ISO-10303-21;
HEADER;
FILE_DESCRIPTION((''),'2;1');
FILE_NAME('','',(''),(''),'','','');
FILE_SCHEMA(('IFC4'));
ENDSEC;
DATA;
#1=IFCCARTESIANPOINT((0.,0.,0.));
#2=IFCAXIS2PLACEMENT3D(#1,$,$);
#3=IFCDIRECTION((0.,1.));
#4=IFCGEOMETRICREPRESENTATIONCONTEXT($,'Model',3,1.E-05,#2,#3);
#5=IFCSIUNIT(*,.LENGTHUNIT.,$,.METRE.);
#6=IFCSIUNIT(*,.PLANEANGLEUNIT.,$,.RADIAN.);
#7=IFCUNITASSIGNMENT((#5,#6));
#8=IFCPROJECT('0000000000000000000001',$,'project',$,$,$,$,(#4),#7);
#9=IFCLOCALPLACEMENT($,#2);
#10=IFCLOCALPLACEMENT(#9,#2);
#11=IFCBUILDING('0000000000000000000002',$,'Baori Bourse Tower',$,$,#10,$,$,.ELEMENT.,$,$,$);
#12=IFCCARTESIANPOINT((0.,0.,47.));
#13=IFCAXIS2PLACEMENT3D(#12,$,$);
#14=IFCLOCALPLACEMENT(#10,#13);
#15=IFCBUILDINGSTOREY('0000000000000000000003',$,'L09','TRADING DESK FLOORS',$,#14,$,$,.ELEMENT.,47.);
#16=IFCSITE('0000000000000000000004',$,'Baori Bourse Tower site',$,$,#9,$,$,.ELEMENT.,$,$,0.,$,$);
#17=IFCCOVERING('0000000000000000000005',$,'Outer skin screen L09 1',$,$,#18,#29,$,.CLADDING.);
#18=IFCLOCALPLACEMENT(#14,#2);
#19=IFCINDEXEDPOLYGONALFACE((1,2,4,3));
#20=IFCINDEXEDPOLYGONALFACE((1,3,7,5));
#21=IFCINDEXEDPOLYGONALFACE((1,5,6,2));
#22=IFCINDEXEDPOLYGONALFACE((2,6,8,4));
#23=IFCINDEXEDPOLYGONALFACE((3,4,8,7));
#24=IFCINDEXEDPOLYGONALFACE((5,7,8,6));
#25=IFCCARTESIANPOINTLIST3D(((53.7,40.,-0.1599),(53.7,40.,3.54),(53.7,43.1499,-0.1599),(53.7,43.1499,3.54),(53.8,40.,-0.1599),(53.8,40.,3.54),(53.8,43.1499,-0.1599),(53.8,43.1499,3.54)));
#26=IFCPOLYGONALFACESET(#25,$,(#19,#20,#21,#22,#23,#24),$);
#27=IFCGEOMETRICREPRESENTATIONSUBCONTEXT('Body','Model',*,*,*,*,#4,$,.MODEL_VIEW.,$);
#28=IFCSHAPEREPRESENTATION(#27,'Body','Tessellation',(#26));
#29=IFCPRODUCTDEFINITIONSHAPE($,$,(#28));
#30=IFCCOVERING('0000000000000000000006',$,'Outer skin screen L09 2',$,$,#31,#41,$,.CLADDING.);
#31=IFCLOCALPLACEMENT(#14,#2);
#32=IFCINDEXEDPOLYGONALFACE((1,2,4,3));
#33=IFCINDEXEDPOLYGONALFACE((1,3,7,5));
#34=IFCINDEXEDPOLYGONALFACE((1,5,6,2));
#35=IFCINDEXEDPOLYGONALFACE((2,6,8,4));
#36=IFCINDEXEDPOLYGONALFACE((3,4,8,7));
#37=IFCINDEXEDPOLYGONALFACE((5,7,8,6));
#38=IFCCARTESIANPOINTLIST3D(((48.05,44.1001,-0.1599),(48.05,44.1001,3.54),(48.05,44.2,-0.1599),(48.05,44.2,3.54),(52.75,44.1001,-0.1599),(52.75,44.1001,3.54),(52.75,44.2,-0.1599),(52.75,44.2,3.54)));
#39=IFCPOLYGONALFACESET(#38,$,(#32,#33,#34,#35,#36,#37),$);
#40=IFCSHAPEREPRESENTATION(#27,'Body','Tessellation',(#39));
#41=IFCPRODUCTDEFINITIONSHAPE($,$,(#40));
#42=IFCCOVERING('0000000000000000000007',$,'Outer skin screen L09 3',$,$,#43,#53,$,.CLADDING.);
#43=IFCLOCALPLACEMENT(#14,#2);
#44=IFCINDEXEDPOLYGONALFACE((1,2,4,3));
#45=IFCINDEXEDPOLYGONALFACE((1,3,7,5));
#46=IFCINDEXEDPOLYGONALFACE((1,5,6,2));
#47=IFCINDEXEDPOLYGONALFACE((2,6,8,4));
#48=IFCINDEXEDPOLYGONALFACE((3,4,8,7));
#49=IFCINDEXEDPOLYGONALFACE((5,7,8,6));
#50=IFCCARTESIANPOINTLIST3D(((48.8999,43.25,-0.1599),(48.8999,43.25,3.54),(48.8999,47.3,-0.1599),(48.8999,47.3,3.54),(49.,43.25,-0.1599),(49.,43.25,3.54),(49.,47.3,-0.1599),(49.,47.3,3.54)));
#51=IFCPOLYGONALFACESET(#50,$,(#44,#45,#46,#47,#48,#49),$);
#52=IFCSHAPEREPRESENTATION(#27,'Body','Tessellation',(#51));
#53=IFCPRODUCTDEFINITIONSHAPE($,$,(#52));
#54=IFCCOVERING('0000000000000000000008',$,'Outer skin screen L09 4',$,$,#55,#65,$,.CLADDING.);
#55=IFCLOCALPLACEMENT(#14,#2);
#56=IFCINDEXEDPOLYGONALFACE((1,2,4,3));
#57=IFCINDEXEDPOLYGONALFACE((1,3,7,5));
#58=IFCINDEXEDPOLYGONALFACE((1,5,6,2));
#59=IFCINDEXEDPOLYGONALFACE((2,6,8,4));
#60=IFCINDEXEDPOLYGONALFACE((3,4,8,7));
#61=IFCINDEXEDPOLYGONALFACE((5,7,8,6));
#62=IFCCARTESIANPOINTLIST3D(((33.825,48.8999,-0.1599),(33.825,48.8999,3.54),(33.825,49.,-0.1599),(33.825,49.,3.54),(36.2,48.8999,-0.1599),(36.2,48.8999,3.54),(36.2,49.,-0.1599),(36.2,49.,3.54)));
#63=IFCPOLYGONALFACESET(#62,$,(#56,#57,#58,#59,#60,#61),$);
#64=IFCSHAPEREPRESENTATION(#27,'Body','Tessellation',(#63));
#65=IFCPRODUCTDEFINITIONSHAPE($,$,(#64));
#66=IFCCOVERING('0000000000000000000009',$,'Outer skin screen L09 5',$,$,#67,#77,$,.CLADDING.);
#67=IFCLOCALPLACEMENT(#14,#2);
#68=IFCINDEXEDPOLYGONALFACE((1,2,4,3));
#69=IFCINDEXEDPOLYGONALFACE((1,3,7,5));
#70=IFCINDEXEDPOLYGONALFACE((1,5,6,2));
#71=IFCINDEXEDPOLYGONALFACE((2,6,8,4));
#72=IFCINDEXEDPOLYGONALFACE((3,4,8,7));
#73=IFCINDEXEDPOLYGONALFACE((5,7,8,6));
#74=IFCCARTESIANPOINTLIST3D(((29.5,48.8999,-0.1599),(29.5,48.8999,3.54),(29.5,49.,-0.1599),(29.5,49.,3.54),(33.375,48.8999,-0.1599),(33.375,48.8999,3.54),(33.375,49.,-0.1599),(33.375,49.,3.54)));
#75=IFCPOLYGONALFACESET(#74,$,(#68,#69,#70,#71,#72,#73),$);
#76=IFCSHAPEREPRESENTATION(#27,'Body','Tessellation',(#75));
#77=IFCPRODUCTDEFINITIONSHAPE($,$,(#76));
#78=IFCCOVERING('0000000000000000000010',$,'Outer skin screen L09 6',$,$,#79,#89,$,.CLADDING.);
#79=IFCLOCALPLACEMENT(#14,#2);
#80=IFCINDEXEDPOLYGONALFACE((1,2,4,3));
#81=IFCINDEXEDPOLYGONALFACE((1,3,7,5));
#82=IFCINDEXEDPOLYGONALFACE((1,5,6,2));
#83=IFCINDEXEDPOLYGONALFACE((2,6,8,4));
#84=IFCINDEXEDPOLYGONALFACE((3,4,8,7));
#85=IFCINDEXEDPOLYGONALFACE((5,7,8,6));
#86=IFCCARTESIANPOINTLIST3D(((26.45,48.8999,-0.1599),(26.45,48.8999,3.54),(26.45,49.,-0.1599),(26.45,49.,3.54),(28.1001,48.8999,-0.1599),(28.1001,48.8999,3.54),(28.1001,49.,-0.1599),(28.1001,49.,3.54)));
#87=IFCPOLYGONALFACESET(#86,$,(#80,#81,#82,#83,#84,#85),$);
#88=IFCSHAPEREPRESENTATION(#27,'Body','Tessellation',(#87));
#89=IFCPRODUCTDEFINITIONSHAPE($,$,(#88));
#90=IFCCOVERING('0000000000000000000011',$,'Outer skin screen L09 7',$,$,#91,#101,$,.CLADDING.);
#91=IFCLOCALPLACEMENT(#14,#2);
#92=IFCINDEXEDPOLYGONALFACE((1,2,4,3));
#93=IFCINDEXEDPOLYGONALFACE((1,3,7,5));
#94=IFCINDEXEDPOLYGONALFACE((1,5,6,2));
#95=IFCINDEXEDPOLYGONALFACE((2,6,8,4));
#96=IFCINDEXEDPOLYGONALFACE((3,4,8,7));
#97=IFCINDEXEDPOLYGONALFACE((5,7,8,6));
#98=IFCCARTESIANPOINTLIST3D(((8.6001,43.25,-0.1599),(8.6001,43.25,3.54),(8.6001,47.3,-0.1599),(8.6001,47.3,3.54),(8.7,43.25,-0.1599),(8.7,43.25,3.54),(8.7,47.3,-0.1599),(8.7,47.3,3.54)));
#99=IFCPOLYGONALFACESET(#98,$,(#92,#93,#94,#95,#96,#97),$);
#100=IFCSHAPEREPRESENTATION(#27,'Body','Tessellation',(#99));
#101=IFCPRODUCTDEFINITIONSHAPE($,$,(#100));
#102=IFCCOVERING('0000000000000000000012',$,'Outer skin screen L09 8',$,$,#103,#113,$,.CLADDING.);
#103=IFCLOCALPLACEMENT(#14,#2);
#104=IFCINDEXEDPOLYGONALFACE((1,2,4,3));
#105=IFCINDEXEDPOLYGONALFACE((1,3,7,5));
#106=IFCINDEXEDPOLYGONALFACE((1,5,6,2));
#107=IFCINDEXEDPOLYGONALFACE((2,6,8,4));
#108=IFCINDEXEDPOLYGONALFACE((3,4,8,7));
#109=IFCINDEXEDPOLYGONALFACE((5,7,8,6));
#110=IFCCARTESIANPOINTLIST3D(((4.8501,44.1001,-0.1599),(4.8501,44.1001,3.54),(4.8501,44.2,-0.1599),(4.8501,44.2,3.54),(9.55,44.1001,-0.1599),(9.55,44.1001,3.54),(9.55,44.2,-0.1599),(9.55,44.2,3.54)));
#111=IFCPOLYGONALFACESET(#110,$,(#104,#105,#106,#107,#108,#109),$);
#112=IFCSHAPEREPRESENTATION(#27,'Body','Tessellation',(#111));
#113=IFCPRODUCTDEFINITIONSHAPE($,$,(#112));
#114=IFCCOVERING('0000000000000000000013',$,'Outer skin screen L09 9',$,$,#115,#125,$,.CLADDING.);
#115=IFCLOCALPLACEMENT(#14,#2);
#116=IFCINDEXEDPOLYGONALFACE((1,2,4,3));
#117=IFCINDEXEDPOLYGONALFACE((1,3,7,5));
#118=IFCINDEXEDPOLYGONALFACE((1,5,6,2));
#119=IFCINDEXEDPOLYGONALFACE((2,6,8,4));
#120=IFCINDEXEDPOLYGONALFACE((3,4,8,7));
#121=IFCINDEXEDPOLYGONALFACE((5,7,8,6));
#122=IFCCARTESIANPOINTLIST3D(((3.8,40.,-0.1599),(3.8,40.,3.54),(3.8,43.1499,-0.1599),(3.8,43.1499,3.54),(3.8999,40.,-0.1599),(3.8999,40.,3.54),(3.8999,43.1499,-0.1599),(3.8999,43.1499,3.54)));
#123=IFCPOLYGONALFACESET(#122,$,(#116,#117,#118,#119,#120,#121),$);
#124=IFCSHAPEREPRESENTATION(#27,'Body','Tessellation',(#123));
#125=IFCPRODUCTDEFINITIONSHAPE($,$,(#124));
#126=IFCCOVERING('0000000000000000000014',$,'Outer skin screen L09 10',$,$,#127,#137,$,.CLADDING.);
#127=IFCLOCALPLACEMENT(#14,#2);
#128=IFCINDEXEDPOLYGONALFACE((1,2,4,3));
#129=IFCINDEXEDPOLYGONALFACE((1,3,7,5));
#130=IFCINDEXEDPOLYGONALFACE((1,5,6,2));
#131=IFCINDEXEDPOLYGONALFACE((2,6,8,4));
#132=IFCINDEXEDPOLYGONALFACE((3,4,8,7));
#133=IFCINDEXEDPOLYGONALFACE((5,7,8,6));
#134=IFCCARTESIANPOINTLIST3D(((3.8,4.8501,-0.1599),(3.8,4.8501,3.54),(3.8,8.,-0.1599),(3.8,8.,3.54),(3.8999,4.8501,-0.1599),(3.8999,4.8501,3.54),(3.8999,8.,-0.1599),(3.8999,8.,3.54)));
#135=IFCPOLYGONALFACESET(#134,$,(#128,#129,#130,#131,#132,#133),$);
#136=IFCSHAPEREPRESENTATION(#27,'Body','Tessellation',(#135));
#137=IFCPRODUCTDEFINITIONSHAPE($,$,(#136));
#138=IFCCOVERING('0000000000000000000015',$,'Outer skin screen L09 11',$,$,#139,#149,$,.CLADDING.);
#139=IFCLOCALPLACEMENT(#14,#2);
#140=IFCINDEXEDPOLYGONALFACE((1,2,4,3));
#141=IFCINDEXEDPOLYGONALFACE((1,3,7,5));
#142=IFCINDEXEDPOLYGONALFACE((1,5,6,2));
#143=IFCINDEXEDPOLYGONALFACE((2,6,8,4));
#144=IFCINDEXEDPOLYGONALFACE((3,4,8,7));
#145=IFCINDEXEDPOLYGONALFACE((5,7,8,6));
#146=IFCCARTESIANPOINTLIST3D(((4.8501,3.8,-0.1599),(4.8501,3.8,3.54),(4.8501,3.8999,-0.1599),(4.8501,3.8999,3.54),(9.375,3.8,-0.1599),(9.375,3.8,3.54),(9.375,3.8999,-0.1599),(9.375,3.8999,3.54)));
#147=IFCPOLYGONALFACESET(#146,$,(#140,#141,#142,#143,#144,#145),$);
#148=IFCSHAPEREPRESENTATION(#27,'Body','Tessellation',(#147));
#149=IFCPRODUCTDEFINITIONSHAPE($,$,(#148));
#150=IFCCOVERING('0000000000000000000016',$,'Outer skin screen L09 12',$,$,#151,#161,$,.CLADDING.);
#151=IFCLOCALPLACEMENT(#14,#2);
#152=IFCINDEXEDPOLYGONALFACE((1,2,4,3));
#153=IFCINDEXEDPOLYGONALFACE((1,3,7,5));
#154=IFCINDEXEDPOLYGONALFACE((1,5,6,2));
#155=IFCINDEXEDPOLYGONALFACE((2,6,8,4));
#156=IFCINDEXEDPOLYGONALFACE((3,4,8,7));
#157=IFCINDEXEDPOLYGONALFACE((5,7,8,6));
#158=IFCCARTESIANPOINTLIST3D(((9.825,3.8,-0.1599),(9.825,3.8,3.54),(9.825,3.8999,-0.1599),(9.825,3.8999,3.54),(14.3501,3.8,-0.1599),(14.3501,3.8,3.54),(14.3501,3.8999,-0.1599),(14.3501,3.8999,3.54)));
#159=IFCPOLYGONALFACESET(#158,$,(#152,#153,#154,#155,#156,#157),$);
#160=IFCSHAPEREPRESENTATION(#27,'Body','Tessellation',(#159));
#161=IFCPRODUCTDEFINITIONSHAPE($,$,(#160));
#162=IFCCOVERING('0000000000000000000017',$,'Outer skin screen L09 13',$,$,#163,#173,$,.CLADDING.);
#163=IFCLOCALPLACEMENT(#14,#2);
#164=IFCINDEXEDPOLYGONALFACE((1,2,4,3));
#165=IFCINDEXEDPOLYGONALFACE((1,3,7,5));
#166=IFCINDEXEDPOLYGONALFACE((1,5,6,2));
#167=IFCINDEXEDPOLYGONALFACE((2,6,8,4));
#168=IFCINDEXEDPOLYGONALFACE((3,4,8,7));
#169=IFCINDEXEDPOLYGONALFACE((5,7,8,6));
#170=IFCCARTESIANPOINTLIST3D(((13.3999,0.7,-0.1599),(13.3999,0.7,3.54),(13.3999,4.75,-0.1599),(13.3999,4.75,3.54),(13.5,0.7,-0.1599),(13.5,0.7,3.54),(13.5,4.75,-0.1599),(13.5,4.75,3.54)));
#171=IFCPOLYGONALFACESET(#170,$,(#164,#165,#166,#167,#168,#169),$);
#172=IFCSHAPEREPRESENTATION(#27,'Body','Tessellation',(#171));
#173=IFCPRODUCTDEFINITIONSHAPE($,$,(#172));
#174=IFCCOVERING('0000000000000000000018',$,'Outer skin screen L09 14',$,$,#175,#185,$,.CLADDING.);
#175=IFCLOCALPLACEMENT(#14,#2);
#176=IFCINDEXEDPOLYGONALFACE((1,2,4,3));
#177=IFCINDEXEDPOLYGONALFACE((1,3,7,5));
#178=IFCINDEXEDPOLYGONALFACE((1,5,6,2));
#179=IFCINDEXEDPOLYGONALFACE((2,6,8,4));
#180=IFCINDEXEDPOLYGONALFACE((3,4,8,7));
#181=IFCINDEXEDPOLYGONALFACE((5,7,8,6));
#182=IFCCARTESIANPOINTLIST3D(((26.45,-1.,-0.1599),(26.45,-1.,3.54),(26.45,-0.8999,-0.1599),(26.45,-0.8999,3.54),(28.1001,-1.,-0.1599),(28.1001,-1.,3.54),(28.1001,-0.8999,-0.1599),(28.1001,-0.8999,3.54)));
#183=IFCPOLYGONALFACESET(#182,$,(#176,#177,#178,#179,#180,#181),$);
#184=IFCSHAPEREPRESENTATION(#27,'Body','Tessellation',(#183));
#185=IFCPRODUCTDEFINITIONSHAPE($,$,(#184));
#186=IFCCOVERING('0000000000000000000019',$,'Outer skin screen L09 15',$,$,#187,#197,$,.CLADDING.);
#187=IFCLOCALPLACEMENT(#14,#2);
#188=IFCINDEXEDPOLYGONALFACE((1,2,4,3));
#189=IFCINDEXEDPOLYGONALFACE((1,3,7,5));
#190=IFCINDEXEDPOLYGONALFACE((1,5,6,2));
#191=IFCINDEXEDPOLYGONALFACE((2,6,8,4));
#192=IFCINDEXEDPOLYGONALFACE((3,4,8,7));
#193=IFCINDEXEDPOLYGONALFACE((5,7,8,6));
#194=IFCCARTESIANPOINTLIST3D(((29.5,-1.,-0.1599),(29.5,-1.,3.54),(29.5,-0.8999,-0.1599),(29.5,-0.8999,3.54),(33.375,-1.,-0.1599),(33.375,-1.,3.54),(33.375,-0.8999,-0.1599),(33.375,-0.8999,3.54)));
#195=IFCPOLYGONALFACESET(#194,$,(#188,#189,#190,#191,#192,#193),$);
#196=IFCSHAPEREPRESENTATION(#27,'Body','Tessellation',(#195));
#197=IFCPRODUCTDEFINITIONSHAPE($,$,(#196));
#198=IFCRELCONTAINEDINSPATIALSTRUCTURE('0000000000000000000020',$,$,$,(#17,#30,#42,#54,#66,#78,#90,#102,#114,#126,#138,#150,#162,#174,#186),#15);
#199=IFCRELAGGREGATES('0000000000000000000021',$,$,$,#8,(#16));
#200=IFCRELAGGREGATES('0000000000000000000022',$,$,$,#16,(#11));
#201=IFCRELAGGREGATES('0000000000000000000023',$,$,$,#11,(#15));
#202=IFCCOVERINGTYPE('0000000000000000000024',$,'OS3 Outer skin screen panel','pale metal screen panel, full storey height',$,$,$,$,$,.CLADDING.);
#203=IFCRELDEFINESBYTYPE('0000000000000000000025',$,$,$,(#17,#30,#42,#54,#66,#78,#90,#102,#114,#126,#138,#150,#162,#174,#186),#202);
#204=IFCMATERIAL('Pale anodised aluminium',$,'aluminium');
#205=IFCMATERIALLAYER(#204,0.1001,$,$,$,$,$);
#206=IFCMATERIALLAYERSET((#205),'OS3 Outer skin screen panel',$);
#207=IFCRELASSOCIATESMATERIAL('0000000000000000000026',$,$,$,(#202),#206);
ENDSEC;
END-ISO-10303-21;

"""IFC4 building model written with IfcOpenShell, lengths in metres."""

from ifc_helpers import new_model, si_unit, direction, frame, origin, place, context, subcontext, project, spatial, polyline, outline, extrude, material, layer, layer_set, type_object, element, save


model = new_model("IFC4")

# Units and contexts
model_context = context("Model", 3, precision=1e-05, world=origin(), true_north=direction((0.0, 1.0)))
body_context = subcontext(model_context, "Body", "Model", "MODEL_VIEW")
ifc_project = project(units=[si_unit("LENGTHUNIT", "METRE"), si_unit("PLANEANGLEUNIT", "RADIAN")], contexts=[model_context])

# Site, building, storey
site_placement = place(None, origin())
site = spatial("IfcSite", under=ifc_project, at=site_placement, Name="Baori Bourse Tower site", CompositionType="ELEMENT", RefElevation=0.0)
building_placement = place(site_placement, origin())
building = spatial("IfcBuilding", under=site, at=building_placement, Name="Baori Bourse Tower", CompositionType="ELEMENT")
storey_placement = place(building_placement, frame((0.0, 0.0, 47.0)))
storey = spatial("IfcBuildingStorey", under=building, at=storey_placement, Name="L09", Description="TRADING DESK FLOORS", CompositionType="ELEMENT", Elevation=47.0)

# Coverings
ifc_material_1 = material(Name="Pale anodised aluminium", Category="aluminium")
ifc_layer_1 = layer(ifc_material_1, 0.1001)
ifc_layer_set_1 = layer_set([ifc_layer_1], Name="OS3 Outer skin screen panel")
covering_type = type_object("IfcCoveringType", Name="OS3 Outer skin screen panel", Description="pale metal screen panel, full storey height", PredefinedType="CLADDING", material=ifc_layer_set_1)
covering_1_placement = place(storey_placement, frame((0.0, 0.0, -0.1599)))
element("IfcCovering", 1, at=covering_1_placement, inside=storey, type_object=covering_type, Name="Outer skin screen L09 1", PredefinedType="CLADDING", context=body_context, shape_type="SweptSolid", body=[
    extrude(outline(polyline([(53.7, 43.1499), (53.7, 40.0), (53.8, 40.0), (53.8, 43.1499), (53.7, 43.1499)])), origin(), (0.0, 0.0, 1.0), 3.7),
])
covering_2_placement = place(storey_placement, frame((0.0, 0.0, -0.1599)))
element("IfcCovering", 2, at=covering_2_placement, inside=storey, type_object=covering_type, Name="Outer skin screen L09 2", PredefinedType="CLADDING", context=body_context, shape_type="SweptSolid", body=[
    extrude(outline(polyline([(48.05, 44.1001), (52.75, 44.1001), (52.75, 44.2), (48.05, 44.2), (48.05, 44.1001)])), origin(), (0.0, 0.0, 1.0), 3.7),
])
covering_3_placement = place(storey_placement, frame((0.0, 0.0, -0.1599)))
element("IfcCovering", 3, at=covering_3_placement, inside=storey, type_object=covering_type, Name="Outer skin screen L09 3", PredefinedType="CLADDING", context=body_context, shape_type="SweptSolid", body=[
    extrude(outline(polyline([(48.8999, 47.3), (48.8999, 43.25), (49.0, 43.25), (49.0, 47.3), (48.8999, 47.3)])), origin(), (0.0, 0.0, 1.0), 3.7),
])
covering_4_placement = place(storey_placement, frame((0.0, 0.0, -0.1599)))
element("IfcCovering", 4, at=covering_4_placement, inside=storey, type_object=covering_type, Name="Outer skin screen L09 4", PredefinedType="CLADDING", context=body_context, shape_type="SweptSolid", body=[
    extrude(outline(polyline([(33.825, 48.8999), (36.2, 48.8999), (36.2, 49.0), (33.825, 49.0), (33.825, 48.8999)])), origin(), (0.0, 0.0, 1.0), 3.7),
])
covering_5_placement = place(storey_placement, frame((0.0, 0.0, -0.1599)))
element("IfcCovering", 5, at=covering_5_placement, inside=storey, type_object=covering_type, Name="Outer skin screen L09 5", PredefinedType="CLADDING", context=body_context, shape_type="SweptSolid", body=[
    extrude(outline(polyline([(29.5, 48.8999), (33.375, 48.8999), (33.375, 49.0), (29.5, 49.0), (29.5, 48.8999)])), origin(), (0.0, 0.0, 1.0), 3.7),
])
covering_6_placement = place(storey_placement, frame((0.0, 0.0, -0.1599)))
element("IfcCovering", 6, at=covering_6_placement, inside=storey, type_object=covering_type, Name="Outer skin screen L09 6", PredefinedType="CLADDING", context=body_context, shape_type="SweptSolid", body=[
    extrude(outline(polyline([(26.45, 48.8999), (28.1001, 48.8999), (28.1001, 49.0), (26.45, 49.0), (26.45, 48.8999)])), origin(), (0.0, 0.0, 1.0), 3.7),
])
covering_7_placement = place(storey_placement, frame((0.0, 0.0, -0.1599)))
element("IfcCovering", 7, at=covering_7_placement, inside=storey, type_object=covering_type, Name="Outer skin screen L09 7", PredefinedType="CLADDING", context=body_context, shape_type="SweptSolid", body=[
    extrude(outline(polyline([(8.7, 43.25), (8.7, 47.3), (8.6001, 47.3), (8.6001, 43.25), (8.7, 43.25)])), origin(), (0.0, 0.0, 1.0), 3.7),
])
covering_8_placement = place(storey_placement, frame((0.0, 0.0, -0.1599)))
element("IfcCovering", 8, at=covering_8_placement, inside=storey, type_object=covering_type, Name="Outer skin screen L09 8", PredefinedType="CLADDING", context=body_context, shape_type="SweptSolid", body=[
    extrude(outline(polyline([(4.8501, 44.1001), (9.55, 44.1001), (9.55, 44.2), (4.8501, 44.2), (4.8501, 44.1001)])), origin(), (0.0, 0.0, 1.0), 3.7),
])
covering_9_placement = place(storey_placement, frame((0.0, 0.0, -0.1599)))
element("IfcCovering", 9, at=covering_9_placement, inside=storey, type_object=covering_type, Name="Outer skin screen L09 9", PredefinedType="CLADDING", context=body_context, shape_type="SweptSolid", body=[
    extrude(outline(polyline([(3.8999, 40.0), (3.8999, 43.1499), (3.8, 43.1499), (3.8, 40.0), (3.8999, 40.0), (3.8999, 40.0)])), origin(), (0.0, 0.0, 1.0), 3.7),
])
covering_10_placement = place(storey_placement, frame((0.0, 0.0, -0.1599)))
element("IfcCovering", 10, at=covering_10_placement, inside=storey, type_object=covering_type, Name="Outer skin screen L09 10", PredefinedType="CLADDING", context=body_context, shape_type="SweptSolid", body=[
    extrude(outline(polyline([(3.8999, 4.8501), (3.8999, 8.0), (3.8999, 8.0), (3.8, 8.0), (3.8, 4.8501), (3.8999, 4.8501)])), origin(), (0.0, 0.0, 1.0), 3.7),
])
covering_11_placement = place(storey_placement, frame((0.0, 0.0, -0.1599)))
element("IfcCovering", 11, at=covering_11_placement, inside=storey, type_object=covering_type, Name="Outer skin screen L09 11", PredefinedType="CLADDING", context=body_context, shape_type="SweptSolid", body=[
    extrude(outline(polyline([(9.375, 3.8999), (4.8501, 3.8999), (4.8501, 3.8), (9.375, 3.8), (9.375, 3.8999)])), origin(), (0.0, 0.0, 1.0), 3.7),
])
covering_12_placement = place(storey_placement, frame((0.0, 0.0, -0.1599)))
element("IfcCovering", 12, at=covering_12_placement, inside=storey, type_object=covering_type, Name="Outer skin screen L09 12", PredefinedType="CLADDING", context=body_context, shape_type="SweptSolid", body=[
    extrude(outline(polyline([(14.3501, 3.8999), (9.825, 3.8999), (9.825, 3.8), (14.3501, 3.8), (14.3501, 3.8999)])), origin(), (0.0, 0.0, 1.0), 3.7),
])
covering_13_placement = place(storey_placement, frame((0.0, 0.0, -0.1599)))
element("IfcCovering", 13, at=covering_13_placement, inside=storey, type_object=covering_type, Name="Outer skin screen L09 13", PredefinedType="CLADDING", context=body_context, shape_type="SweptSolid", body=[
    extrude(outline(polyline([(13.5, 0.7), (13.5, 4.75), (13.3999, 4.75), (13.3999, 0.7), (13.5, 0.7)])), origin(), (0.0, 0.0, 1.0), 3.7),
])
covering_14_placement = place(storey_placement, frame((0.0, 0.0, -0.1599)))
element("IfcCovering", 14, at=covering_14_placement, inside=storey, type_object=covering_type, Name="Outer skin screen L09 14", PredefinedType="CLADDING", context=body_context, shape_type="SweptSolid", body=[
    extrude(outline(polyline([(28.1001, -0.8999), (26.45, -0.8999), (26.45, -1.0), (28.1001, -1.0), (28.1001, -0.8999)])), origin(), (0.0, 0.0, 1.0), 3.7),
])
covering_15_placement = place(storey_placement, frame((0.0, 0.0, -0.1599)))
element("IfcCovering", 15, at=covering_15_placement, inside=storey, type_object=covering_type, Name="Outer skin screen L09 15", PredefinedType="CLADDING", context=body_context, shape_type="SweptSolid", body=[
    extrude(outline(polyline([(33.375, -0.8999), (29.5, -0.8999), (29.5, -1.0), (33.375, -1.0), (33.375, -0.8999)])), origin(), (0.0, 0.0, 1.0), 3.7),
])

save(model, "model.ifc")
